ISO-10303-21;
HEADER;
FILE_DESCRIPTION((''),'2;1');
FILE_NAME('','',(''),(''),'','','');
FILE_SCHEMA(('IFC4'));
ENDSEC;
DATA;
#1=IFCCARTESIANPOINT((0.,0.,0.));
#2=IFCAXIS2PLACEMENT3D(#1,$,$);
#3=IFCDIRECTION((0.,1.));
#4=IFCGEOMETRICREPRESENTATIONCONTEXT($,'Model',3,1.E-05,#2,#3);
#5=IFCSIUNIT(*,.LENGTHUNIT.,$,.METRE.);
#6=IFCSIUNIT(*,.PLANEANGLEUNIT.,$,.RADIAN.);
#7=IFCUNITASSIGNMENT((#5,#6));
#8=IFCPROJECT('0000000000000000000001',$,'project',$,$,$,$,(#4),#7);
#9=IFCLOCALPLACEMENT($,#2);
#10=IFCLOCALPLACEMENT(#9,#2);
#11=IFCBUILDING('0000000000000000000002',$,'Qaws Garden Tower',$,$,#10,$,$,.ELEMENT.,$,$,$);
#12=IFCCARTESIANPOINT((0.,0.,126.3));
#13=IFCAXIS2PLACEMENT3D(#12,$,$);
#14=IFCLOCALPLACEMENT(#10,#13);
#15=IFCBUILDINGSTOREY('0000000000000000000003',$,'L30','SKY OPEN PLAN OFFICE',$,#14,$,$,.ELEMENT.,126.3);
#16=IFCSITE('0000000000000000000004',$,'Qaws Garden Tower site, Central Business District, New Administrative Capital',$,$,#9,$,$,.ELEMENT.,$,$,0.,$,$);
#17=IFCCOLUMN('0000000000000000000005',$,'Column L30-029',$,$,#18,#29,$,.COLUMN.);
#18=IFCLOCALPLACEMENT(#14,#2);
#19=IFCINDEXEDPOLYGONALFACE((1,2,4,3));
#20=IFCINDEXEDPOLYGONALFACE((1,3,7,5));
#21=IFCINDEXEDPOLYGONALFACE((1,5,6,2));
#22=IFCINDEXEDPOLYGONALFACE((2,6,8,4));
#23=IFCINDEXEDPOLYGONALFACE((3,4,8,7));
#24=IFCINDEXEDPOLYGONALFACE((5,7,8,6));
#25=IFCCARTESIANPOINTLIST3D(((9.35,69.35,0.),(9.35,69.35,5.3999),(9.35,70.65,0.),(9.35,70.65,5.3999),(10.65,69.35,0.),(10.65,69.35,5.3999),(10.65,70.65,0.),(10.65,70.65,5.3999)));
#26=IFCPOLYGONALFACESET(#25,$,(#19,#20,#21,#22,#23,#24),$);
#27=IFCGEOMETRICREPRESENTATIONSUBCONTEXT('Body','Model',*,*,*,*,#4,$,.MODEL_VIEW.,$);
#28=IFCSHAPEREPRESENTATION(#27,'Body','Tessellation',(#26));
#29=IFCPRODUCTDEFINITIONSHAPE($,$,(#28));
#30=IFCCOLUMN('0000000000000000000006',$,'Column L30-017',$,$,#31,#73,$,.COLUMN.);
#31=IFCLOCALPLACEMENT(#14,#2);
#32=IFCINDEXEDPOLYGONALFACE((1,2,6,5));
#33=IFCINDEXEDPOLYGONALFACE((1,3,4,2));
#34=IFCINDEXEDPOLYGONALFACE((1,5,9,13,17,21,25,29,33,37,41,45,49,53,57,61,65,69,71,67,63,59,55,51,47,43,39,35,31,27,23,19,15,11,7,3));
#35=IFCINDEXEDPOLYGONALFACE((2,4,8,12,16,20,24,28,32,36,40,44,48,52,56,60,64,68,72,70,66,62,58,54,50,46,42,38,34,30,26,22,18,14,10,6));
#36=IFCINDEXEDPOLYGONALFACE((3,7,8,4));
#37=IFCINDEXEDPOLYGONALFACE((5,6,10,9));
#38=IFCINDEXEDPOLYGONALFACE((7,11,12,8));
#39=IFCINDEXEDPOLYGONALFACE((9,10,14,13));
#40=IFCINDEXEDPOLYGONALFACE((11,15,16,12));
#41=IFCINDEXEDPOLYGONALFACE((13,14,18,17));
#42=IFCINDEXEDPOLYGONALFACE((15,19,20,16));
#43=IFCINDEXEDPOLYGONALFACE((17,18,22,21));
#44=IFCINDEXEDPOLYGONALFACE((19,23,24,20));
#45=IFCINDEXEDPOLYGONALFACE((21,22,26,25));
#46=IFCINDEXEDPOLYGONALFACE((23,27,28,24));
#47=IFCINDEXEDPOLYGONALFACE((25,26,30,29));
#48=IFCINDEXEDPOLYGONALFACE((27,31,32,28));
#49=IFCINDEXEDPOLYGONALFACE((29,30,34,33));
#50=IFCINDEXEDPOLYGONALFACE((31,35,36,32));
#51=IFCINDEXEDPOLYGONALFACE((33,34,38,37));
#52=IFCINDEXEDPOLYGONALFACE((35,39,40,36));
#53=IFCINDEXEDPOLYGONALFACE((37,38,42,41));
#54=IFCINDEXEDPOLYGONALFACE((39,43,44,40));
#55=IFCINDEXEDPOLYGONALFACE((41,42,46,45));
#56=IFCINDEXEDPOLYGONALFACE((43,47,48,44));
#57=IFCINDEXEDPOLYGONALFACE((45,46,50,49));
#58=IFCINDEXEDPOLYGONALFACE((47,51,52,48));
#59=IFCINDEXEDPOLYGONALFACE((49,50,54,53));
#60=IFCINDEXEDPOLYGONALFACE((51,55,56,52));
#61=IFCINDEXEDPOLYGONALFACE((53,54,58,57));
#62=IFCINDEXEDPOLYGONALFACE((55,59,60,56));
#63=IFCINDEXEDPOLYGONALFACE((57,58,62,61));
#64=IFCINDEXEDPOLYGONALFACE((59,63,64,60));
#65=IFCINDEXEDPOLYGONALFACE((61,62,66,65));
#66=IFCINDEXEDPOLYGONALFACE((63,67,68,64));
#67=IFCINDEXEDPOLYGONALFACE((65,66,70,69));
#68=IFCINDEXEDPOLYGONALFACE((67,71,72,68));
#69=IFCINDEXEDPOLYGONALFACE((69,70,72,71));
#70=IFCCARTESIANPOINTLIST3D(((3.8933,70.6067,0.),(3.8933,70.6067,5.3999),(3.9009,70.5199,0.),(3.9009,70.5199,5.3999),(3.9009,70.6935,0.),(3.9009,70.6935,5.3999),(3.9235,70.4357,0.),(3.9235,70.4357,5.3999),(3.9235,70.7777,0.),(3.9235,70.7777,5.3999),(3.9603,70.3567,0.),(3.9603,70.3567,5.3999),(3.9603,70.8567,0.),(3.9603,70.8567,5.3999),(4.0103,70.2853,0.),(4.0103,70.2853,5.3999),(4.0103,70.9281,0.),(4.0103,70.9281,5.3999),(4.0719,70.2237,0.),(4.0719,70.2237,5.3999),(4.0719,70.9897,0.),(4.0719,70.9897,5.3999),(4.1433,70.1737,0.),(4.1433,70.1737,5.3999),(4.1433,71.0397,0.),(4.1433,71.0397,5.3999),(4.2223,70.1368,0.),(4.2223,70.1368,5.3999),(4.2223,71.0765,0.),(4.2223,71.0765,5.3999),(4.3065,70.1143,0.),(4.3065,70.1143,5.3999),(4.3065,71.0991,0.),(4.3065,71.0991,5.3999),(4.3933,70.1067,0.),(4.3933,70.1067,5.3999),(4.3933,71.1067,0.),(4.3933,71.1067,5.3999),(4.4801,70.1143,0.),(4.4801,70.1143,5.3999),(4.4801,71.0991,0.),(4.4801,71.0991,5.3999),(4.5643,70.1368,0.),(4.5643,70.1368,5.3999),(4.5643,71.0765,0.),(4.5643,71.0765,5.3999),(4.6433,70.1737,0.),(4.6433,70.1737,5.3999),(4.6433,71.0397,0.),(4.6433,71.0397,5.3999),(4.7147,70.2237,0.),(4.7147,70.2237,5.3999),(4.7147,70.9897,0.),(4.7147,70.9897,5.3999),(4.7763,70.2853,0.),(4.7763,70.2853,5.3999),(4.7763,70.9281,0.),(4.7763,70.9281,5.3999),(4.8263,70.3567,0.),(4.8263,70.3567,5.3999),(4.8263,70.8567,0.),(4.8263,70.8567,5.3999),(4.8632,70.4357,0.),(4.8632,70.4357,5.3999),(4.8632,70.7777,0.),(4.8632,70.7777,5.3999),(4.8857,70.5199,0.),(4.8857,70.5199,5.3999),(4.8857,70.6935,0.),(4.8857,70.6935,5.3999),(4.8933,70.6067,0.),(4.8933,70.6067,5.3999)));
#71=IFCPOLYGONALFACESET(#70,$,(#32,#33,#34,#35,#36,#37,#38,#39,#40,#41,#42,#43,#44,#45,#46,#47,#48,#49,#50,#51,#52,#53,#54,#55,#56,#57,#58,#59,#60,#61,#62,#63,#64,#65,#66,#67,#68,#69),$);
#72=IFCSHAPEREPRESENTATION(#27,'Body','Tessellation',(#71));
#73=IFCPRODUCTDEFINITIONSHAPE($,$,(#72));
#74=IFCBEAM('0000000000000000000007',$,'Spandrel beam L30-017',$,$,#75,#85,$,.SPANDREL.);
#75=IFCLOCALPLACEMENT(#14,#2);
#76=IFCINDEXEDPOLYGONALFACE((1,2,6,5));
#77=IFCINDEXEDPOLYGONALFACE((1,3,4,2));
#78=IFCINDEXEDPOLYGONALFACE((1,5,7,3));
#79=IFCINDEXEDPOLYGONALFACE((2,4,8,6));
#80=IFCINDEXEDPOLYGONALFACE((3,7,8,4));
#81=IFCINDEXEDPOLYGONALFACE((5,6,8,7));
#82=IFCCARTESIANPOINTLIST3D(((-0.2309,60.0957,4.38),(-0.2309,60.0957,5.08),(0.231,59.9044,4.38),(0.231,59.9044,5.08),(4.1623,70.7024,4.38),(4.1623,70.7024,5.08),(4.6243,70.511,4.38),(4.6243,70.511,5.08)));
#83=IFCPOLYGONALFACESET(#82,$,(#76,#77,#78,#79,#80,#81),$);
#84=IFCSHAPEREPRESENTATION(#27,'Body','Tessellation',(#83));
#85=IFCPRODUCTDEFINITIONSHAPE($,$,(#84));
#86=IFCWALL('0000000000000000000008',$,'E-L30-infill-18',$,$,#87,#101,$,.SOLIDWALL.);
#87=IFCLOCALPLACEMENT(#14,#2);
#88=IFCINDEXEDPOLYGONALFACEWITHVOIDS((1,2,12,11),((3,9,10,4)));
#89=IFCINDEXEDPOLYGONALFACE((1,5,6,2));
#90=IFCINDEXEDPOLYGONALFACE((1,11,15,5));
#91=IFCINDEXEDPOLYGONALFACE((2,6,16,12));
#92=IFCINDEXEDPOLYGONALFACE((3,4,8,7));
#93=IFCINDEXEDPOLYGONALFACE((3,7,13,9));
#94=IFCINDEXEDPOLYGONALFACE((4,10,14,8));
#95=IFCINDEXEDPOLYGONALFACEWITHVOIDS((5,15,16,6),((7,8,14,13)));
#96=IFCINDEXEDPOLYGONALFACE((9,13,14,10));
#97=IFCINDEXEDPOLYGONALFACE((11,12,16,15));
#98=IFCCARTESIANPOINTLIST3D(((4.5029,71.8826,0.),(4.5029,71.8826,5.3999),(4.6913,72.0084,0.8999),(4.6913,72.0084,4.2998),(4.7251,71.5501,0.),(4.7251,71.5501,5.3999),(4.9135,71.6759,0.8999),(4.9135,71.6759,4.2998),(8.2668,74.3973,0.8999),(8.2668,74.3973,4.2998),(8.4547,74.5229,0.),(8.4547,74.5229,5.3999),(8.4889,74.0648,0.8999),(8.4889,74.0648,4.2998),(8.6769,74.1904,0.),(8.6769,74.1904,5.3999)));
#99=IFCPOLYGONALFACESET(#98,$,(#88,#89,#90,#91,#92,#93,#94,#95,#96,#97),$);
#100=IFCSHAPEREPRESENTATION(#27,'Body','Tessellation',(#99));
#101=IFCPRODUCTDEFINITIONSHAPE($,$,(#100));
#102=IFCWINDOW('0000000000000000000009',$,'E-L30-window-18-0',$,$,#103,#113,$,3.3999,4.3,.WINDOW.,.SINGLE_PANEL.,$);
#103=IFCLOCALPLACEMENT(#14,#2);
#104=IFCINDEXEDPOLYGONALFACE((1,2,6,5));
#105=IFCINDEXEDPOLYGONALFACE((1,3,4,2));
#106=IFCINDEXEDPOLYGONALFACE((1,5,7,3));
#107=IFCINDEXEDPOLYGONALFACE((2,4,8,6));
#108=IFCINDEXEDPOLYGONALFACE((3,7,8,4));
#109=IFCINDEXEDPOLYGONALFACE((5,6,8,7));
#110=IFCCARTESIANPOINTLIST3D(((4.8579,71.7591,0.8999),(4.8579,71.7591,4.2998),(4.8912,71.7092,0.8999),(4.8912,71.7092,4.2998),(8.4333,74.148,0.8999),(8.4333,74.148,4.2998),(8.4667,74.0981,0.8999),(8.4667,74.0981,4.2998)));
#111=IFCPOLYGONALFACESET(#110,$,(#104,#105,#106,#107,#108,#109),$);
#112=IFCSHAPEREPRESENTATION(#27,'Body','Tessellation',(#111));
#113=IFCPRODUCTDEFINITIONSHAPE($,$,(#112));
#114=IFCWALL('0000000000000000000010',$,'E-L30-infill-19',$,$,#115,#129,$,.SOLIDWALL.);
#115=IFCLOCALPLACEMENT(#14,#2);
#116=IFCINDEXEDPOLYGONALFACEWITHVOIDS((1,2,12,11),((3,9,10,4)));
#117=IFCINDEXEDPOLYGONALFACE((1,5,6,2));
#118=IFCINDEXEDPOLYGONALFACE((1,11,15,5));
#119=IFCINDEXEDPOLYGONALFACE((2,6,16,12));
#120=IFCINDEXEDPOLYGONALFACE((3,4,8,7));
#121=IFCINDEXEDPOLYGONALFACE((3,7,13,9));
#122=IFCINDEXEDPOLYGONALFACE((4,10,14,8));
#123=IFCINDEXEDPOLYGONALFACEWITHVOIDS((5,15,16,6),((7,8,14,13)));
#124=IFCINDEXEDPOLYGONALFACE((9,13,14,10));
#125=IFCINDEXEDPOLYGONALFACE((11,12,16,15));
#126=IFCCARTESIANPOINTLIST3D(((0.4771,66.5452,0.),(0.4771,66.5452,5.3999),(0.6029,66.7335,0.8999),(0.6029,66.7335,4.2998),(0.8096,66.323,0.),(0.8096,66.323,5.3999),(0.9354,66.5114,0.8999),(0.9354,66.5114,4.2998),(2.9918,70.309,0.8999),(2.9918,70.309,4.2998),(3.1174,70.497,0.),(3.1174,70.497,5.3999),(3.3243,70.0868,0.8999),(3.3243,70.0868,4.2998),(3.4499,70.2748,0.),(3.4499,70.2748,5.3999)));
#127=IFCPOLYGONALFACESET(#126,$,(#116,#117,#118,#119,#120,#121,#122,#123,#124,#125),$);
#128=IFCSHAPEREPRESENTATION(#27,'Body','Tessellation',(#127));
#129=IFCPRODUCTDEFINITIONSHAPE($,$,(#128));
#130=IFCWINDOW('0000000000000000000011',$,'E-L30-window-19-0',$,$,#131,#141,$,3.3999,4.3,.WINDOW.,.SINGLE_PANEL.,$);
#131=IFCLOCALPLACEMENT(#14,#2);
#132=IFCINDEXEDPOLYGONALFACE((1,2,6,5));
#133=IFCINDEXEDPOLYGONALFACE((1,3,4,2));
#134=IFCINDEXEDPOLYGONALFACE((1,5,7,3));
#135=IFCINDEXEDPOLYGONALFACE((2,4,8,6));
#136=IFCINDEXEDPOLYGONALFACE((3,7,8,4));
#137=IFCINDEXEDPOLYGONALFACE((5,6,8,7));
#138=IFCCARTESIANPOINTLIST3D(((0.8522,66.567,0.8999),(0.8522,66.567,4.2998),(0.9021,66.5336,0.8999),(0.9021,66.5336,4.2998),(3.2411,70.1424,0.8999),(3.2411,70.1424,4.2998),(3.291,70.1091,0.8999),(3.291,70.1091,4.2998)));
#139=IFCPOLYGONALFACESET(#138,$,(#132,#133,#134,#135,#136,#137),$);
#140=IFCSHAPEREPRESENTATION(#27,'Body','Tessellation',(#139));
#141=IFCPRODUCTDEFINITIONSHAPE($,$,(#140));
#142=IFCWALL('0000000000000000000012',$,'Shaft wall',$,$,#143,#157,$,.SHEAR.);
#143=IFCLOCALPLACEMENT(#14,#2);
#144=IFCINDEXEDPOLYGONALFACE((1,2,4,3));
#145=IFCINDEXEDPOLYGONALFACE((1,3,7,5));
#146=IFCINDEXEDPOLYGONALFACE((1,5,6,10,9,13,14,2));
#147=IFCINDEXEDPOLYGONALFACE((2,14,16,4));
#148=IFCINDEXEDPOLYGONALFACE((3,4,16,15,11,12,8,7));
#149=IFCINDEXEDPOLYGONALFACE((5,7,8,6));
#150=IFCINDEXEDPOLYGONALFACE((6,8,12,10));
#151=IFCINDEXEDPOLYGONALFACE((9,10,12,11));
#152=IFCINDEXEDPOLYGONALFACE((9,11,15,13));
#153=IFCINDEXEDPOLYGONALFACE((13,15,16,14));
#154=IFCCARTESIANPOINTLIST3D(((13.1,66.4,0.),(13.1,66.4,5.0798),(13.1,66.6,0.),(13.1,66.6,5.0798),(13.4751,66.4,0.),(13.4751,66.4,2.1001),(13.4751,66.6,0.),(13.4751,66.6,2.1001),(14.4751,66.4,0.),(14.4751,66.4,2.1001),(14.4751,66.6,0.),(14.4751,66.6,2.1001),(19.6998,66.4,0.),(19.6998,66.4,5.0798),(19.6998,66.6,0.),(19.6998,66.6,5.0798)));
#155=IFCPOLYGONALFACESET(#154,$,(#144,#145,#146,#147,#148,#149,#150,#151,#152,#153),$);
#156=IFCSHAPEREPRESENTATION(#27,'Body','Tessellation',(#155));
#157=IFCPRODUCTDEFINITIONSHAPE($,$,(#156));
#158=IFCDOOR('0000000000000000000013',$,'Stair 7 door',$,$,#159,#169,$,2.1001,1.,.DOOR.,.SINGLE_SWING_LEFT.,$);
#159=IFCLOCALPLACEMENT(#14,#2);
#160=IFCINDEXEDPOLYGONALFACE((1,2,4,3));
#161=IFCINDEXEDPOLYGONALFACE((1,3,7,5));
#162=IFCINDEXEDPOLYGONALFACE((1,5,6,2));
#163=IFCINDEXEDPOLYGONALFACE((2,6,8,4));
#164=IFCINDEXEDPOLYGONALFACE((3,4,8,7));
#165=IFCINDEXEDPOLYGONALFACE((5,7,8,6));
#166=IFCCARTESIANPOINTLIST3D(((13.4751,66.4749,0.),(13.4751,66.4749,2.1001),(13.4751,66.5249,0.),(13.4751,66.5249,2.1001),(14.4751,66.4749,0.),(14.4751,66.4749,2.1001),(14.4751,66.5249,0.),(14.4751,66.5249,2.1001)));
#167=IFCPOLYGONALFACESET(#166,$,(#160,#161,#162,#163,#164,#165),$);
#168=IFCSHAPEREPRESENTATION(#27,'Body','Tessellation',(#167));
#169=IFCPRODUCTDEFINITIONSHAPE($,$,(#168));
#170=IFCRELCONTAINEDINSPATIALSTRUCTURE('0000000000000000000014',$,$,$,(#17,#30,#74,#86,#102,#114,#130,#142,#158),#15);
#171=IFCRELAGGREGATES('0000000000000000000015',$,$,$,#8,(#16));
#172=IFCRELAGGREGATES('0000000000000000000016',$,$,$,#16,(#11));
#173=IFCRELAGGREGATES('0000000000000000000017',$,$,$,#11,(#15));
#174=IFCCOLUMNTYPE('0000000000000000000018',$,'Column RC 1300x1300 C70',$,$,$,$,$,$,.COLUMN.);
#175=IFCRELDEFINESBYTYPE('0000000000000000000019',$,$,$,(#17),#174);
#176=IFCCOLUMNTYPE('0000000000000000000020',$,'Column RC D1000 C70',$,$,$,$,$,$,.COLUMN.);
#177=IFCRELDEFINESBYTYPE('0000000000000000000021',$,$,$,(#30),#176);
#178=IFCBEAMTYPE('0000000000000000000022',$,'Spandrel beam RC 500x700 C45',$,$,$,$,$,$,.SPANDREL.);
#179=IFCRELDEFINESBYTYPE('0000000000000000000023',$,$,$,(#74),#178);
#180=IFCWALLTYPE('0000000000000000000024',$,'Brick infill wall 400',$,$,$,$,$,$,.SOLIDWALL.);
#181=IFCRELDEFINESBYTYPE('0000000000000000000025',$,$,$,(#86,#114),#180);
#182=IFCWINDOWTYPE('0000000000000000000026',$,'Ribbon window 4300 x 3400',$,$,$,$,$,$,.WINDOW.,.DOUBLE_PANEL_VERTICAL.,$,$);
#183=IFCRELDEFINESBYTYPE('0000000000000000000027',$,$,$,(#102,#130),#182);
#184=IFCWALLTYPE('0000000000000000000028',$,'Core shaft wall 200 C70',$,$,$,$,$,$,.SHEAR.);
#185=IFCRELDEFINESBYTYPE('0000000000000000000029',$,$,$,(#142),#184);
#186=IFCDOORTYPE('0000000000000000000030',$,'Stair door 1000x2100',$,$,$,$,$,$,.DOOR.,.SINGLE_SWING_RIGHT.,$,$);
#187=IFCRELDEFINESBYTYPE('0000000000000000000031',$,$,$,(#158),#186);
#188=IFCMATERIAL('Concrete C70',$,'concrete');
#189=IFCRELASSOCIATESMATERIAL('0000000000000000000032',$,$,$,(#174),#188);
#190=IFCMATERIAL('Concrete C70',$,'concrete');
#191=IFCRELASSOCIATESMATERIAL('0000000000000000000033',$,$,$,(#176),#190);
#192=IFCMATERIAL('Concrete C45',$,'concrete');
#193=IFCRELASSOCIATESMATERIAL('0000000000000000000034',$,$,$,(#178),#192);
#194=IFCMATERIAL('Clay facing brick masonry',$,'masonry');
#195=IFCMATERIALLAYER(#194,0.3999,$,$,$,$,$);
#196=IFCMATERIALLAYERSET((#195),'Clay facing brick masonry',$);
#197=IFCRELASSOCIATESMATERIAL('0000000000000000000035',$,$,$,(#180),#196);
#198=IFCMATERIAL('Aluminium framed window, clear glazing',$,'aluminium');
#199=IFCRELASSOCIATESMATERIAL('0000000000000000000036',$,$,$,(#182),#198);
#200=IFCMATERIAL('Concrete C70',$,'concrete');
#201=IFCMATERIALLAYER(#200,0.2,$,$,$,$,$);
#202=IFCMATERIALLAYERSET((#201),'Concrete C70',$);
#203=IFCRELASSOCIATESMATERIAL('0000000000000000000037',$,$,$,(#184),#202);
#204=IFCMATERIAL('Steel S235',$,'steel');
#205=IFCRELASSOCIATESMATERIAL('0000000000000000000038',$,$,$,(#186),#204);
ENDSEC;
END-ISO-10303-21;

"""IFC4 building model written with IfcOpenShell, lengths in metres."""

from ifc_helpers import new_model, si_unit, direction, frame, frame_2d, origin, origin_2d, place, context, subcontext, project, spatial, rectangle, circle, extrude, material, layer, layer_set, material_profile, profile_set, type_object, element, fill, save


model = new_model("IFC4")

# Units and contexts
model_context = context("Model", 3, precision=1e-05, world=origin(), true_north=direction((0.0, 1.0)))
body_context = subcontext(model_context, "Body", "Model", "MODEL_VIEW")
ifc_project = project(units=[si_unit("LENGTHUNIT", "METRE"), si_unit("PLANEANGLEUNIT", "RADIAN")], contexts=[model_context])

# Site, building, storey
site_placement = place(None, origin())
site = spatial("IfcSite", under=ifc_project, at=site_placement, Name="Qaws Garden Tower site, Central Business District, New Administrative Capital", CompositionType="ELEMENT", RefElevation=0.0)
building_placement = place(site_placement, origin())
building = spatial("IfcBuilding", under=site, at=building_placement, Name="Qaws Garden Tower", CompositionType="ELEMENT")
storey_placement = place(building_placement, frame((0.0, 0.0, 126.3)))
storey = spatial("IfcBuildingStorey", under=building, at=storey_placement, Name="L30", Description="SKY OPEN PLAN OFFICE", CompositionType="ELEMENT", Elevation=126.3)

# Columns
ifc_material_1 = material(Name="Concrete C70", Category="concrete")
ifc_material_profile_1 = material_profile(ifc_material_1, rectangle(XDim=1.3, YDim=1.3, at=origin_2d()), Name="RC 1300x1300")
ifc_profile_set_1 = profile_set([ifc_material_profile_1], Name="Concrete C70")
column_type_1 = type_object("IfcColumnType", Name="Column RC 1300x1300 C70", PredefinedType="COLUMN", material=ifc_profile_set_1)
column_1_placement = place(storey_placement, frame((10.0, 70.0, 0.0), z_axis=(0.0, 0.0, 1.0), x_axis=(1.0, 0.0, 0.0)))
element("IfcColumn", 1, at=column_1_placement, inside=storey, type_object=column_type_1, Name="Column L30-029", PredefinedType="COLUMN", context=body_context, shape_type="SweptSolid", body=[
    extrude(rectangle(XDim=1.3, YDim=1.3, at=origin_2d()), origin(), (0.0, 0.0, 1.0), 5.3999),
])
ifc_material_2 = material(Name="Concrete C70", Category="concrete")
ifc_material_profile_2 = material_profile(ifc_material_2, circle(Radius=0.5, at=origin_2d()), Name="RC D1000")
ifc_profile_set_2 = profile_set([ifc_material_profile_2], Name="Concrete C70")
column_type_2 = type_object("IfcColumnType", Name="Column RC D1000 C70", PredefinedType="COLUMN", material=ifc_profile_set_2)
column_2_placement = place(storey_placement, frame((4.3933, 70.6067, 0.0), z_axis=(0.0, 0.0, 1.0), x_axis=(1.0, 0.0, 0.0)))
element("IfcColumn", 2, at=column_2_placement, inside=storey, type_object=column_type_2, Name="Column L30-017", PredefinedType="COLUMN", context=body_context, shape_type="SweptSolid", body=[
    extrude(circle(Radius=0.5, at=origin_2d()), origin(), (0.0, 0.0, 1.0), 5.3999),
])

# Beam
ifc_material_3 = material(Name="Concrete C45", Category="concrete")
ifc_material_profile_3 = material_profile(ifc_material_3, rectangle(XDim=0.5, YDim=0.7, at=origin_2d()), Name="RC 500x700")
ifc_profile_set_3 = profile_set([ifc_material_profile_3], Name="Concrete C45")
beam_type = type_object("IfcBeamType", Name="Spandrel beam RC 500x700 C45", PredefinedType="SPANDREL", material=ifc_profile_set_3)
beam_placement = place(storey_placement, frame((4.3933, 70.6067, 4.73), z_axis=(-0.382674, -0.923883, 0.0), x_axis=(0.923883, -0.382674, 0.0)))
element("IfcBeam", 3, at=beam_placement, inside=storey, type_object=beam_type, Name="Spandrel beam L30-017", PredefinedType="SPANDREL", context=body_context, shape_type="SweptSolid", body=[
    extrude(rectangle(XDim=0.5, YDim=0.7, at=origin_2d()), origin(), (0.0, 0.0, 1.0), 11.4805),
])

# Walls, openings, windows
ifc_material_4 = material(Name="Clay facing brick masonry", Category="masonry")
ifc_layer_1 = layer(ifc_material_4, 0.3999)
ifc_layer_set_1 = layer_set([ifc_layer_1], Name="Clay facing brick masonry")
wall_type_1 = type_object("IfcWallType", Name="Brick infill wall 400", PredefinedType="SOLIDWALL", material=ifc_layer_set_1)
wall_1_placement = place(storey_placement, frame((8.5659, 74.3567, 0.0), z_axis=(0.0, 0.0, 1.0), x_axis=(-0.831489, -0.555542, 0.0)))
wall_1 = element("IfcWall", 4, at=wall_1_placement, inside=storey, type_object=wall_type_1, Name="E-L30-infill-18", PredefinedType="SOLIDWALL", context=body_context, shape_type="SweptSolid", body=[
    extrude(rectangle(XDim=4.7527, YDim=0.3999, at=frame_2d((2.3765, 0.0))), origin(), (0.0, 0.0, 1.0), 5.3999),
])
opening_1_placement = place(wall_1_placement, frame((0.2263, 0.0, 0.8999)))
opening_1 = element("IfcOpeningElement", 5, at=opening_1_placement, cuts=wall_1, PredefinedType="OPENING", context=body_context, shape_type="SweptSolid", body=[
    extrude(rectangle(XDim=4.3, YDim=3.3999, at=frame_2d((2.1499, 1.7))), frame((0.0, 0.21, 0.0), z_axis=(0.0, -1.0, 0.0), x_axis=(1.0, 0.0, 0.0)), (0.0, 0.0, 1.0), 0.4199),
])
ifc_material_5 = material(Name="Aluminium framed window, clear glazing", Category="aluminium")
window_type = type_object("IfcWindowType", Name="Ribbon window 4300 x 3400", PartitioningType="DOUBLE_PANEL_VERTICAL", PredefinedType="WINDOW", material=ifc_material_5)
window_1_placement = place(opening_1_placement, origin())
window_1 = element("IfcWindow", 6, at=window_1_placement, inside=storey, type_object=window_type, Name="E-L30-window-18-0", OverallHeight=3.3999, OverallWidth=4.3, PartitioningType="SINGLE_PANEL", PredefinedType="WINDOW", context=body_context, shape_type="SweptSolid", body=[
    extrude(rectangle(XDim=4.3, YDim=3.3999, at=frame_2d((2.1499, 1.7))), frame((0.0, 0.1599, 0.0), z_axis=(0.0, -1.0, 0.0), x_axis=(1.0, 0.0, 0.0)), (0.0, 0.0, 1.0), 0.0601),
])
fill(opening_1, window_1)
wall_2_placement = place(storey_placement, frame((3.2837, 70.386, 0.0), z_axis=(0.0, 0.0, 1.0), x_axis=(-0.555542, -0.831489, 0.0)))
wall_2 = element("IfcWall", 7, at=wall_2_placement, inside=storey, type_object=wall_type_1, Name="E-L30-infill-19", PredefinedType="SOLIDWALL", context=body_context, shape_type="SweptSolid", body=[
    extrude(rectangle(XDim=4.7527, YDim=0.3999, at=frame_2d((2.3765, 0.0))), origin(), (0.0, 0.0, 1.0), 5.3999),
])
opening_2_placement = place(wall_2_placement, frame((0.2263, 0.0, 0.8999)))
opening_2 = element("IfcOpeningElement", 8, at=opening_2_placement, cuts=wall_2, PredefinedType="OPENING", context=body_context, shape_type="SweptSolid", body=[
    extrude(rectangle(XDim=4.3, YDim=3.3999, at=frame_2d((2.1499, 1.7))), frame((0.0, 0.21, 0.0), z_axis=(0.0, -1.0, 0.0), x_axis=(1.0, 0.0, 0.0)), (0.0, 0.0, 1.0), 0.4199),
])
window_2_placement = place(opening_2_placement, origin())
window_2 = element("IfcWindow", 9, at=window_2_placement, inside=storey, type_object=window_type, Name="E-L30-window-19-0", OverallHeight=3.3999, OverallWidth=4.3, PartitioningType="SINGLE_PANEL", PredefinedType="WINDOW", context=body_context, shape_type="SweptSolid", body=[
    extrude(rectangle(XDim=4.3, YDim=3.3999, at=frame_2d((2.1499, 1.7))), frame((0.0, 0.1599, 0.0), z_axis=(0.0, -1.0, 0.0), x_axis=(1.0, 0.0, 0.0)), (0.0, 0.0, 1.0), 0.0601),
])
fill(opening_2, window_2)

# Wall, opening, door
ifc_material_6 = material(Name="Concrete C70", Category="concrete")
ifc_layer_2 = layer(ifc_material_6, 0.2)
ifc_layer_set_2 = layer_set([ifc_layer_2], Name="Concrete C70")
wall_type_2 = type_object("IfcWallType", Name="Core shaft wall 200 C70", PredefinedType="SHEAR", material=ifc_layer_set_2)
wall_3_placement = place(storey_placement, frame((13.1001, 66.5, 0.0), z_axis=(0.0, 0.0, 1.0), x_axis=(1.0, 0.0, 0.0)))
wall_3 = element("IfcWall", 10, at=wall_3_placement, inside=storey, type_object=wall_type_2, Name="Shaft wall", PredefinedType="SHEAR", context=body_context, shape_type="SweptSolid", body=[
    extrude(rectangle(XDim=6.5999, YDim=0.2, at=frame_2d((3.2998, 0.0))), origin(), (0.0, 0.0, 1.0), 5.0798),
])
opening_3_placement = place(wall_3_placement, frame((0.375, 0.0, 0.0)))
opening_3 = element("IfcOpeningElement", 11, at=opening_3_placement, cuts=wall_3, PredefinedType="OPENING", context=body_context, shape_type="SweptSolid", body=[
    extrude(rectangle(XDim=1.0, YDim=2.1001, at=frame_2d((0.5, 1.05))), frame((0.0, 0.1099, 0.0), z_axis=(0.0, -1.0, 0.0), x_axis=(1.0, 0.0, 0.0)), (0.0, 0.0, 1.0), 0.22),
])
ifc_material_7 = material(Name="Steel S235", Category="steel")
door_type = type_object("IfcDoorType", Name="Stair door 1000x2100", OperationType="SINGLE_SWING_RIGHT", PredefinedType="DOOR", material=ifc_material_7)
door_placement = place(opening_3_placement, origin())
door = element("IfcDoor", 12, at=door_placement, inside=storey, type_object=door_type, Name="Stair 7 door", OperationType="SINGLE_SWING_LEFT", OverallHeight=2.1001, OverallWidth=1.0, PredefinedType="DOOR", context=body_context, shape_type="SweptSolid", body=[
    extrude(rectangle(XDim=1.0, YDim=2.1001, at=frame_2d((0.5, 1.05))), frame((0.0, 0.0249, 0.0), z_axis=(0.0, -1.0, 0.0), x_axis=(1.0, 0.0, 0.0)), (0.0, 0.0, 1.0), 0.05),
])
fill(opening_3, door)

save(model, "model.ifc")
